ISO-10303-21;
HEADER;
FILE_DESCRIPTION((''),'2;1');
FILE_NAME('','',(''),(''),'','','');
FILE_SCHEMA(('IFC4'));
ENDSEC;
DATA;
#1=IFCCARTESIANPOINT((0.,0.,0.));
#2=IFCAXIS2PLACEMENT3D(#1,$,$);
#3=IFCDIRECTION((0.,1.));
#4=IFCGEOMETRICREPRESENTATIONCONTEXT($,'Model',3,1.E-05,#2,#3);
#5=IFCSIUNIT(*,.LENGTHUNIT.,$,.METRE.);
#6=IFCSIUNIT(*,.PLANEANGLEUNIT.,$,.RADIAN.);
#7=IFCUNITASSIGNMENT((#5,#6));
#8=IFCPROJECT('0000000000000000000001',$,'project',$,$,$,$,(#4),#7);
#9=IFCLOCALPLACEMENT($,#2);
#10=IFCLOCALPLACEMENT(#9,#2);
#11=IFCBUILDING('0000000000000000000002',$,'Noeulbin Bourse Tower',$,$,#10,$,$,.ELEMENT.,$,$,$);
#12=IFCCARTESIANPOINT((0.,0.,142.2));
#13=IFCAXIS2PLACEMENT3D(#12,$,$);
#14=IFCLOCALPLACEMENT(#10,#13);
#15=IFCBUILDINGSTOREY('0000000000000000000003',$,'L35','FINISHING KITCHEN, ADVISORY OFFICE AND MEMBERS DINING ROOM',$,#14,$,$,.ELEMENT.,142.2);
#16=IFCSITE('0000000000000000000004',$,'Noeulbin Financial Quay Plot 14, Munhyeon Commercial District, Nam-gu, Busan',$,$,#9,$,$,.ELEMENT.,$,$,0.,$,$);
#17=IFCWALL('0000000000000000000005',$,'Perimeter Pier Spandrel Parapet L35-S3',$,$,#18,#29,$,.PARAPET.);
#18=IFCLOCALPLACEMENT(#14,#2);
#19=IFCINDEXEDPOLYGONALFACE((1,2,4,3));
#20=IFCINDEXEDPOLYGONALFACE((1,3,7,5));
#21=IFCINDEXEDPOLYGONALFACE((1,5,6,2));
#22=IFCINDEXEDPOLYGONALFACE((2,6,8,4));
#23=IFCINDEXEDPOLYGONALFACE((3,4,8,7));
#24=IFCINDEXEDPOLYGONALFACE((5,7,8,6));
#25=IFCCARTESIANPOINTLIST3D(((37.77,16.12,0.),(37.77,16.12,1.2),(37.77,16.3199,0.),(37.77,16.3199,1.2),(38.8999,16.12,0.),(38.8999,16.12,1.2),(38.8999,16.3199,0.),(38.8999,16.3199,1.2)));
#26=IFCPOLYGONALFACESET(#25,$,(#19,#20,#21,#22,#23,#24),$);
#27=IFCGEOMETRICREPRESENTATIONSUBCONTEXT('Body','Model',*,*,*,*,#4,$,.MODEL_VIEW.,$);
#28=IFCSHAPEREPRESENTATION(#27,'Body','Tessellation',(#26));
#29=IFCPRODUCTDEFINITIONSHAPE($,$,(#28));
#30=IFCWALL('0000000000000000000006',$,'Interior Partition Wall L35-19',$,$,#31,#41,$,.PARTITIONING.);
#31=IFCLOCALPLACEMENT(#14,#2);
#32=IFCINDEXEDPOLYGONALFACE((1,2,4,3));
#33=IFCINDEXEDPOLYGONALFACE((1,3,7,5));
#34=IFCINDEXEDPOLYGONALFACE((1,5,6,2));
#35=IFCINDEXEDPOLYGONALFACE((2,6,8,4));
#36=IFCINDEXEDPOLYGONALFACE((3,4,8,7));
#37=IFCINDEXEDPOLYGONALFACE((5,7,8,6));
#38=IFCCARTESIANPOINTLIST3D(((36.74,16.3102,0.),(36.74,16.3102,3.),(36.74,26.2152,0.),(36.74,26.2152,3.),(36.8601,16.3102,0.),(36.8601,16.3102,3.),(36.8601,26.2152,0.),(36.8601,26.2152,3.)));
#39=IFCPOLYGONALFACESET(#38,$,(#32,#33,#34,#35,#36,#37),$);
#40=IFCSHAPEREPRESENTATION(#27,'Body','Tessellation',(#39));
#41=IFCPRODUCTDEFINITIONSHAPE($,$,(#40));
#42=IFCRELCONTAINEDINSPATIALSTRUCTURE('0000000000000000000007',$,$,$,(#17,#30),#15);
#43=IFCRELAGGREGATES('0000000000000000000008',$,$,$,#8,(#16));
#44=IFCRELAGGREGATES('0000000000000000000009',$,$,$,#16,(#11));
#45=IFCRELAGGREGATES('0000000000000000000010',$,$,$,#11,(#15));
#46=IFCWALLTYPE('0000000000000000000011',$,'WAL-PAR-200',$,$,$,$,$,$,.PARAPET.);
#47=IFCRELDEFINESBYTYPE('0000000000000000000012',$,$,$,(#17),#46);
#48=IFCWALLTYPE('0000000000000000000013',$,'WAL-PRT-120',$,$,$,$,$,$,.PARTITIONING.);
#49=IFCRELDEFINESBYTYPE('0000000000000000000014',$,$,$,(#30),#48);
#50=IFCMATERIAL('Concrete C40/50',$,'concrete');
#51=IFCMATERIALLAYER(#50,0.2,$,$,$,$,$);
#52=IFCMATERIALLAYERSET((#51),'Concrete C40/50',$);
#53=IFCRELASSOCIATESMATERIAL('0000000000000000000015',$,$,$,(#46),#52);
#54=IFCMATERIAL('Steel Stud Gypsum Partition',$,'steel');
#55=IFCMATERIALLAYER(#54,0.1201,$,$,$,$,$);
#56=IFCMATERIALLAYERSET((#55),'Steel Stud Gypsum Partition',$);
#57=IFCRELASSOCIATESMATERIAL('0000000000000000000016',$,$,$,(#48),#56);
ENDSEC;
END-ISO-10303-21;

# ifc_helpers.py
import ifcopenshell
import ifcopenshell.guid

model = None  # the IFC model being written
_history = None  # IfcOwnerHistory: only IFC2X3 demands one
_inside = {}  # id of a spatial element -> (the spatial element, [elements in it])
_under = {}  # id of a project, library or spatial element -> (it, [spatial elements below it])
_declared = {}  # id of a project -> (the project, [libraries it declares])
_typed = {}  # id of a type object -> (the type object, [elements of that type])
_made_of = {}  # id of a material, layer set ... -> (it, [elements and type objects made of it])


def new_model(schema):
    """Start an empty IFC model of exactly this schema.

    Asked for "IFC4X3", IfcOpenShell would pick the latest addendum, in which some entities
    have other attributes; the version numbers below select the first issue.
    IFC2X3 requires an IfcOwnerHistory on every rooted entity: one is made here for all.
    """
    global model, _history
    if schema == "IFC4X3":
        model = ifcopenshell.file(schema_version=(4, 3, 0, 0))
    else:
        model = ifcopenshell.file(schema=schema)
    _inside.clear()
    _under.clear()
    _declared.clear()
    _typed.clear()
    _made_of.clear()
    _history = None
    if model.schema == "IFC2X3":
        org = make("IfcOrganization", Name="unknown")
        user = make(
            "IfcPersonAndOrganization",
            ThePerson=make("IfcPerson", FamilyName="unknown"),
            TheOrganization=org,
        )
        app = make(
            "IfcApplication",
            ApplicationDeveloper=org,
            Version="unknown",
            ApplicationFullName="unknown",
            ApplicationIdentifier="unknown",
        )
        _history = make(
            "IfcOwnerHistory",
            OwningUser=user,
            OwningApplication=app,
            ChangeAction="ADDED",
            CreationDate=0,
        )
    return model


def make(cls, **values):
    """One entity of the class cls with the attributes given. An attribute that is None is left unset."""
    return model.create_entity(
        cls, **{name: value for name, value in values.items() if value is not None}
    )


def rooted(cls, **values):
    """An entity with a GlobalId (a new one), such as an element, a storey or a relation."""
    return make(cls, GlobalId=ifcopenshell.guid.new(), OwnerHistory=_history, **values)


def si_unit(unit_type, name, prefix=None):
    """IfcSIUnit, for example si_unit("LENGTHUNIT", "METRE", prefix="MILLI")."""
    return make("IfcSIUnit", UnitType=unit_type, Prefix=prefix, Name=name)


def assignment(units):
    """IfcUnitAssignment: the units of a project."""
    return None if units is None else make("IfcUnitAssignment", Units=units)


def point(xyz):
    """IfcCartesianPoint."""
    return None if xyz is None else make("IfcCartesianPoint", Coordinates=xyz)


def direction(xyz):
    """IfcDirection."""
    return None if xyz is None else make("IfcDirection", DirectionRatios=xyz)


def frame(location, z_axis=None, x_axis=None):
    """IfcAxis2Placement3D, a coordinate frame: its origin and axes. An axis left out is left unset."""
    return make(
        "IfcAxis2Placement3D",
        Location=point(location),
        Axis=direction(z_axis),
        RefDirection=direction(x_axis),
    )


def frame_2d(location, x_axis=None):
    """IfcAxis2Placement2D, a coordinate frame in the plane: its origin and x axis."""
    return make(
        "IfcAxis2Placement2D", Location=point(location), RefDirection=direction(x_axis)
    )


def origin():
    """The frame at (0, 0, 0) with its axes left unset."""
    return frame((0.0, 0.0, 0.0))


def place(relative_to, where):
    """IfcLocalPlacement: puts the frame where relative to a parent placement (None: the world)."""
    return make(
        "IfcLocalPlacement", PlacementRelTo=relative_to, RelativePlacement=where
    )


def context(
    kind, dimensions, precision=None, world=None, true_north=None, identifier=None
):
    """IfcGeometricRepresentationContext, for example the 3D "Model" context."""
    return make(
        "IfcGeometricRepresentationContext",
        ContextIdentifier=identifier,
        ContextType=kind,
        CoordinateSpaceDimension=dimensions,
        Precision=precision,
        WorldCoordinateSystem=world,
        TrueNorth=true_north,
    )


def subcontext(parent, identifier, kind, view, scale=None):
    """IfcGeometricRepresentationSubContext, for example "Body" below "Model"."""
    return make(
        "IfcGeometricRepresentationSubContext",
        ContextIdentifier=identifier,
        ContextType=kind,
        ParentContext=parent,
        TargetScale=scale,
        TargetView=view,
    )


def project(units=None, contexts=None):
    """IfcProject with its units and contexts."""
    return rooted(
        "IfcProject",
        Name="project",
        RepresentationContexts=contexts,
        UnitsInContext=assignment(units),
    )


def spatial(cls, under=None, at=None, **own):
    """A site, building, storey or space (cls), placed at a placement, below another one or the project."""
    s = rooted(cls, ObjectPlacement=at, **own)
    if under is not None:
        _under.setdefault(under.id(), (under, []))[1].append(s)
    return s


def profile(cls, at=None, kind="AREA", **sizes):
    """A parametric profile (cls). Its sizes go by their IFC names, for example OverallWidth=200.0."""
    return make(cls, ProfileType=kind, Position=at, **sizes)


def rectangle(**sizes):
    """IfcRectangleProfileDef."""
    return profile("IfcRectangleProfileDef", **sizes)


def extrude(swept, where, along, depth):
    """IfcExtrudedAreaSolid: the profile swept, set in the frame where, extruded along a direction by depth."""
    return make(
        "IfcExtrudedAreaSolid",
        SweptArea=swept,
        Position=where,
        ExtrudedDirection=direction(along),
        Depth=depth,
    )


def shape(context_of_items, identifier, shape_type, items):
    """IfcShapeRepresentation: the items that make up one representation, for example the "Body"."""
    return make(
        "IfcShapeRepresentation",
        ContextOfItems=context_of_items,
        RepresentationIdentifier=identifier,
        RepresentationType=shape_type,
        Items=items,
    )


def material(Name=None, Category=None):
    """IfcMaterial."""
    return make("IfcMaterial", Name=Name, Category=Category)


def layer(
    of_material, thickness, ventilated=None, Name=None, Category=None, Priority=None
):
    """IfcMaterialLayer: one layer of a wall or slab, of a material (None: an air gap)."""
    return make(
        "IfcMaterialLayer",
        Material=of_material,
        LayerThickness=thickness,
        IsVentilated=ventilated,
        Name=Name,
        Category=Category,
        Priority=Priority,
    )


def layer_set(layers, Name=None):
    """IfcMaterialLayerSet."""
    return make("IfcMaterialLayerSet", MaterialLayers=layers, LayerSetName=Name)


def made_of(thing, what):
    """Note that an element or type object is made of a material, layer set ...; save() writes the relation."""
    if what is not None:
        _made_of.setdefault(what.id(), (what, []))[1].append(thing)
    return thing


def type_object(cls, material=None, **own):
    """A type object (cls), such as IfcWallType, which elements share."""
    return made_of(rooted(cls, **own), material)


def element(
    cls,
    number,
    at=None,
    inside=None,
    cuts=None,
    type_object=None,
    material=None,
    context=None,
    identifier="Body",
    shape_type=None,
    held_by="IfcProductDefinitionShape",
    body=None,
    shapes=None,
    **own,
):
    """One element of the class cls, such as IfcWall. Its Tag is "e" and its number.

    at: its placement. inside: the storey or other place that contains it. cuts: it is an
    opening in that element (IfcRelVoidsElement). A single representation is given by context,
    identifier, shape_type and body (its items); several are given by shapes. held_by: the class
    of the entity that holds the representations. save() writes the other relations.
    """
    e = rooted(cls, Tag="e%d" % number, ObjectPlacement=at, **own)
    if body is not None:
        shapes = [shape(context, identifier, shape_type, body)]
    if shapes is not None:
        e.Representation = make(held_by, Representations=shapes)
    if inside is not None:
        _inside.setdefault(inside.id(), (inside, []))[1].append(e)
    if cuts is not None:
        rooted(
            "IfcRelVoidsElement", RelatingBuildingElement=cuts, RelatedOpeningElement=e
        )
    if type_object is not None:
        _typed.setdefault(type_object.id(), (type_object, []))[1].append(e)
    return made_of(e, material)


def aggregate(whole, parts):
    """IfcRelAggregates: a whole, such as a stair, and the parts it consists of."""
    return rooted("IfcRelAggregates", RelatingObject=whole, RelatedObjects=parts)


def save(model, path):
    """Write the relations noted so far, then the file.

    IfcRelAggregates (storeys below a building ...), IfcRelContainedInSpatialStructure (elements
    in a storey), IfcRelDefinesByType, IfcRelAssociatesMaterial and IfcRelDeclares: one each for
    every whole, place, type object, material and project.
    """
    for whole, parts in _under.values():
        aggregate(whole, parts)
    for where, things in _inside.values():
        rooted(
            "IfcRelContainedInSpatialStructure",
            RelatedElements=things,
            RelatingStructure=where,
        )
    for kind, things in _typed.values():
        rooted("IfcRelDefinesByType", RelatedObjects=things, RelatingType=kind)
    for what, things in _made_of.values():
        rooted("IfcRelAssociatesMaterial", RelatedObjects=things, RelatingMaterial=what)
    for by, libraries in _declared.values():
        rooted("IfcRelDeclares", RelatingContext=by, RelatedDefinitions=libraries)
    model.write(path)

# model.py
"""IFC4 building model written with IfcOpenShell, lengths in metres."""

from ifc_helpers import new_model, si_unit, direction, frame, frame_2d, origin, place, context, subcontext, project, spatial, rectangle, extrude, material, layer, layer_set, type_object, element, save


model = new_model("IFC4")

# Units and contexts
model_context = context("Model", 3, precision=1e-05, world=origin(), true_north=direction((0.0, 1.0)))
body_context = subcontext(model_context, "Body", "Model", "MODEL_VIEW")
ifc_project = project(units=[si_unit("LENGTHUNIT", "METRE"), si_unit("PLANEANGLEUNIT", "RADIAN")], contexts=[model_context])

# Site, building, storey
site_placement = place(None, origin())
site = spatial("IfcSite", under=ifc_project, at=site_placement, Name="Noeulbin Financial Quay Plot 14, Munhyeon Commercial District, Nam-gu, Busan", CompositionType="ELEMENT", RefElevation=0.0)
building_placement = place(site_placement, origin())
building = spatial("IfcBuilding", under=site, at=building_placement, Name="Noeulbin Bourse Tower", CompositionType="ELEMENT")
storey_placement = place(building_placement, frame((0.0, 0.0, 142.2)))
storey = spatial("IfcBuildingStorey", under=building, at=storey_placement, Name="L35", Description="FINISHING KITCHEN, ADVISORY OFFICE AND MEMBERS DINING ROOM", CompositionType="ELEMENT", Elevation=142.2)

# Walls
ifc_material_1 = material(Name="Concrete C40/50", Category="concrete")
ifc_layer_1 = layer(ifc_material_1, 0.2)
ifc_layer_set_1 = layer_set([ifc_layer_1], Name="Concrete C40/50")
wall_type_1 = type_object("IfcWallType", Name="WAL-PAR-200", PredefinedType="PARAPET", material=ifc_layer_set_1)
wall_1_placement = place(storey_placement, frame((37.77, 16.22, 0.0), z_axis=(0.0, 0.0, 1.0), x_axis=(1.0, 0.0, 0.0)))
element("IfcWall", 1, at=wall_1_placement, inside=storey, type_object=wall_type_1, Name="Perimeter Pier Spandrel Parapet L35-S3", PredefinedType="PARAPET", context=body_context, shape_type="SweptSolid", body=[
    extrude(rectangle(XDim=1.1299, YDim=0.2, at=frame_2d((0.5649, 0.0))), origin(), (0.0, 0.0, 1.0), 1.2),
])
ifc_material_2 = material(Name="Steel Stud Gypsum Partition", Category="steel")
ifc_layer_2 = layer(ifc_material_2, 0.1201)
ifc_layer_set_2 = layer_set([ifc_layer_2], Name="Steel Stud Gypsum Partition")
wall_type_2 = type_object("IfcWallType", Name="WAL-PRT-120", PredefinedType="PARTITIONING", material=ifc_layer_set_2)
wall_2_placement = place(storey_placement, frame((36.8, 16.3101, 0.0), z_axis=(0.0, 0.0, 1.0), x_axis=(0.0, 1.0, 0.0)))
element("IfcWall", 2, at=wall_2_placement, inside=storey, type_object=wall_type_2, Name="Interior Partition Wall L35-19", PredefinedType="PARTITIONING", context=body_context, shape_type="SweptSolid", body=[
    extrude(rectangle(XDim=9.905, YDim=0.1201, at=frame_2d((4.9526, 0.0))), origin(), (0.0, 0.0, 1.0), 3.0),
])

save(model, "model.ifc")
